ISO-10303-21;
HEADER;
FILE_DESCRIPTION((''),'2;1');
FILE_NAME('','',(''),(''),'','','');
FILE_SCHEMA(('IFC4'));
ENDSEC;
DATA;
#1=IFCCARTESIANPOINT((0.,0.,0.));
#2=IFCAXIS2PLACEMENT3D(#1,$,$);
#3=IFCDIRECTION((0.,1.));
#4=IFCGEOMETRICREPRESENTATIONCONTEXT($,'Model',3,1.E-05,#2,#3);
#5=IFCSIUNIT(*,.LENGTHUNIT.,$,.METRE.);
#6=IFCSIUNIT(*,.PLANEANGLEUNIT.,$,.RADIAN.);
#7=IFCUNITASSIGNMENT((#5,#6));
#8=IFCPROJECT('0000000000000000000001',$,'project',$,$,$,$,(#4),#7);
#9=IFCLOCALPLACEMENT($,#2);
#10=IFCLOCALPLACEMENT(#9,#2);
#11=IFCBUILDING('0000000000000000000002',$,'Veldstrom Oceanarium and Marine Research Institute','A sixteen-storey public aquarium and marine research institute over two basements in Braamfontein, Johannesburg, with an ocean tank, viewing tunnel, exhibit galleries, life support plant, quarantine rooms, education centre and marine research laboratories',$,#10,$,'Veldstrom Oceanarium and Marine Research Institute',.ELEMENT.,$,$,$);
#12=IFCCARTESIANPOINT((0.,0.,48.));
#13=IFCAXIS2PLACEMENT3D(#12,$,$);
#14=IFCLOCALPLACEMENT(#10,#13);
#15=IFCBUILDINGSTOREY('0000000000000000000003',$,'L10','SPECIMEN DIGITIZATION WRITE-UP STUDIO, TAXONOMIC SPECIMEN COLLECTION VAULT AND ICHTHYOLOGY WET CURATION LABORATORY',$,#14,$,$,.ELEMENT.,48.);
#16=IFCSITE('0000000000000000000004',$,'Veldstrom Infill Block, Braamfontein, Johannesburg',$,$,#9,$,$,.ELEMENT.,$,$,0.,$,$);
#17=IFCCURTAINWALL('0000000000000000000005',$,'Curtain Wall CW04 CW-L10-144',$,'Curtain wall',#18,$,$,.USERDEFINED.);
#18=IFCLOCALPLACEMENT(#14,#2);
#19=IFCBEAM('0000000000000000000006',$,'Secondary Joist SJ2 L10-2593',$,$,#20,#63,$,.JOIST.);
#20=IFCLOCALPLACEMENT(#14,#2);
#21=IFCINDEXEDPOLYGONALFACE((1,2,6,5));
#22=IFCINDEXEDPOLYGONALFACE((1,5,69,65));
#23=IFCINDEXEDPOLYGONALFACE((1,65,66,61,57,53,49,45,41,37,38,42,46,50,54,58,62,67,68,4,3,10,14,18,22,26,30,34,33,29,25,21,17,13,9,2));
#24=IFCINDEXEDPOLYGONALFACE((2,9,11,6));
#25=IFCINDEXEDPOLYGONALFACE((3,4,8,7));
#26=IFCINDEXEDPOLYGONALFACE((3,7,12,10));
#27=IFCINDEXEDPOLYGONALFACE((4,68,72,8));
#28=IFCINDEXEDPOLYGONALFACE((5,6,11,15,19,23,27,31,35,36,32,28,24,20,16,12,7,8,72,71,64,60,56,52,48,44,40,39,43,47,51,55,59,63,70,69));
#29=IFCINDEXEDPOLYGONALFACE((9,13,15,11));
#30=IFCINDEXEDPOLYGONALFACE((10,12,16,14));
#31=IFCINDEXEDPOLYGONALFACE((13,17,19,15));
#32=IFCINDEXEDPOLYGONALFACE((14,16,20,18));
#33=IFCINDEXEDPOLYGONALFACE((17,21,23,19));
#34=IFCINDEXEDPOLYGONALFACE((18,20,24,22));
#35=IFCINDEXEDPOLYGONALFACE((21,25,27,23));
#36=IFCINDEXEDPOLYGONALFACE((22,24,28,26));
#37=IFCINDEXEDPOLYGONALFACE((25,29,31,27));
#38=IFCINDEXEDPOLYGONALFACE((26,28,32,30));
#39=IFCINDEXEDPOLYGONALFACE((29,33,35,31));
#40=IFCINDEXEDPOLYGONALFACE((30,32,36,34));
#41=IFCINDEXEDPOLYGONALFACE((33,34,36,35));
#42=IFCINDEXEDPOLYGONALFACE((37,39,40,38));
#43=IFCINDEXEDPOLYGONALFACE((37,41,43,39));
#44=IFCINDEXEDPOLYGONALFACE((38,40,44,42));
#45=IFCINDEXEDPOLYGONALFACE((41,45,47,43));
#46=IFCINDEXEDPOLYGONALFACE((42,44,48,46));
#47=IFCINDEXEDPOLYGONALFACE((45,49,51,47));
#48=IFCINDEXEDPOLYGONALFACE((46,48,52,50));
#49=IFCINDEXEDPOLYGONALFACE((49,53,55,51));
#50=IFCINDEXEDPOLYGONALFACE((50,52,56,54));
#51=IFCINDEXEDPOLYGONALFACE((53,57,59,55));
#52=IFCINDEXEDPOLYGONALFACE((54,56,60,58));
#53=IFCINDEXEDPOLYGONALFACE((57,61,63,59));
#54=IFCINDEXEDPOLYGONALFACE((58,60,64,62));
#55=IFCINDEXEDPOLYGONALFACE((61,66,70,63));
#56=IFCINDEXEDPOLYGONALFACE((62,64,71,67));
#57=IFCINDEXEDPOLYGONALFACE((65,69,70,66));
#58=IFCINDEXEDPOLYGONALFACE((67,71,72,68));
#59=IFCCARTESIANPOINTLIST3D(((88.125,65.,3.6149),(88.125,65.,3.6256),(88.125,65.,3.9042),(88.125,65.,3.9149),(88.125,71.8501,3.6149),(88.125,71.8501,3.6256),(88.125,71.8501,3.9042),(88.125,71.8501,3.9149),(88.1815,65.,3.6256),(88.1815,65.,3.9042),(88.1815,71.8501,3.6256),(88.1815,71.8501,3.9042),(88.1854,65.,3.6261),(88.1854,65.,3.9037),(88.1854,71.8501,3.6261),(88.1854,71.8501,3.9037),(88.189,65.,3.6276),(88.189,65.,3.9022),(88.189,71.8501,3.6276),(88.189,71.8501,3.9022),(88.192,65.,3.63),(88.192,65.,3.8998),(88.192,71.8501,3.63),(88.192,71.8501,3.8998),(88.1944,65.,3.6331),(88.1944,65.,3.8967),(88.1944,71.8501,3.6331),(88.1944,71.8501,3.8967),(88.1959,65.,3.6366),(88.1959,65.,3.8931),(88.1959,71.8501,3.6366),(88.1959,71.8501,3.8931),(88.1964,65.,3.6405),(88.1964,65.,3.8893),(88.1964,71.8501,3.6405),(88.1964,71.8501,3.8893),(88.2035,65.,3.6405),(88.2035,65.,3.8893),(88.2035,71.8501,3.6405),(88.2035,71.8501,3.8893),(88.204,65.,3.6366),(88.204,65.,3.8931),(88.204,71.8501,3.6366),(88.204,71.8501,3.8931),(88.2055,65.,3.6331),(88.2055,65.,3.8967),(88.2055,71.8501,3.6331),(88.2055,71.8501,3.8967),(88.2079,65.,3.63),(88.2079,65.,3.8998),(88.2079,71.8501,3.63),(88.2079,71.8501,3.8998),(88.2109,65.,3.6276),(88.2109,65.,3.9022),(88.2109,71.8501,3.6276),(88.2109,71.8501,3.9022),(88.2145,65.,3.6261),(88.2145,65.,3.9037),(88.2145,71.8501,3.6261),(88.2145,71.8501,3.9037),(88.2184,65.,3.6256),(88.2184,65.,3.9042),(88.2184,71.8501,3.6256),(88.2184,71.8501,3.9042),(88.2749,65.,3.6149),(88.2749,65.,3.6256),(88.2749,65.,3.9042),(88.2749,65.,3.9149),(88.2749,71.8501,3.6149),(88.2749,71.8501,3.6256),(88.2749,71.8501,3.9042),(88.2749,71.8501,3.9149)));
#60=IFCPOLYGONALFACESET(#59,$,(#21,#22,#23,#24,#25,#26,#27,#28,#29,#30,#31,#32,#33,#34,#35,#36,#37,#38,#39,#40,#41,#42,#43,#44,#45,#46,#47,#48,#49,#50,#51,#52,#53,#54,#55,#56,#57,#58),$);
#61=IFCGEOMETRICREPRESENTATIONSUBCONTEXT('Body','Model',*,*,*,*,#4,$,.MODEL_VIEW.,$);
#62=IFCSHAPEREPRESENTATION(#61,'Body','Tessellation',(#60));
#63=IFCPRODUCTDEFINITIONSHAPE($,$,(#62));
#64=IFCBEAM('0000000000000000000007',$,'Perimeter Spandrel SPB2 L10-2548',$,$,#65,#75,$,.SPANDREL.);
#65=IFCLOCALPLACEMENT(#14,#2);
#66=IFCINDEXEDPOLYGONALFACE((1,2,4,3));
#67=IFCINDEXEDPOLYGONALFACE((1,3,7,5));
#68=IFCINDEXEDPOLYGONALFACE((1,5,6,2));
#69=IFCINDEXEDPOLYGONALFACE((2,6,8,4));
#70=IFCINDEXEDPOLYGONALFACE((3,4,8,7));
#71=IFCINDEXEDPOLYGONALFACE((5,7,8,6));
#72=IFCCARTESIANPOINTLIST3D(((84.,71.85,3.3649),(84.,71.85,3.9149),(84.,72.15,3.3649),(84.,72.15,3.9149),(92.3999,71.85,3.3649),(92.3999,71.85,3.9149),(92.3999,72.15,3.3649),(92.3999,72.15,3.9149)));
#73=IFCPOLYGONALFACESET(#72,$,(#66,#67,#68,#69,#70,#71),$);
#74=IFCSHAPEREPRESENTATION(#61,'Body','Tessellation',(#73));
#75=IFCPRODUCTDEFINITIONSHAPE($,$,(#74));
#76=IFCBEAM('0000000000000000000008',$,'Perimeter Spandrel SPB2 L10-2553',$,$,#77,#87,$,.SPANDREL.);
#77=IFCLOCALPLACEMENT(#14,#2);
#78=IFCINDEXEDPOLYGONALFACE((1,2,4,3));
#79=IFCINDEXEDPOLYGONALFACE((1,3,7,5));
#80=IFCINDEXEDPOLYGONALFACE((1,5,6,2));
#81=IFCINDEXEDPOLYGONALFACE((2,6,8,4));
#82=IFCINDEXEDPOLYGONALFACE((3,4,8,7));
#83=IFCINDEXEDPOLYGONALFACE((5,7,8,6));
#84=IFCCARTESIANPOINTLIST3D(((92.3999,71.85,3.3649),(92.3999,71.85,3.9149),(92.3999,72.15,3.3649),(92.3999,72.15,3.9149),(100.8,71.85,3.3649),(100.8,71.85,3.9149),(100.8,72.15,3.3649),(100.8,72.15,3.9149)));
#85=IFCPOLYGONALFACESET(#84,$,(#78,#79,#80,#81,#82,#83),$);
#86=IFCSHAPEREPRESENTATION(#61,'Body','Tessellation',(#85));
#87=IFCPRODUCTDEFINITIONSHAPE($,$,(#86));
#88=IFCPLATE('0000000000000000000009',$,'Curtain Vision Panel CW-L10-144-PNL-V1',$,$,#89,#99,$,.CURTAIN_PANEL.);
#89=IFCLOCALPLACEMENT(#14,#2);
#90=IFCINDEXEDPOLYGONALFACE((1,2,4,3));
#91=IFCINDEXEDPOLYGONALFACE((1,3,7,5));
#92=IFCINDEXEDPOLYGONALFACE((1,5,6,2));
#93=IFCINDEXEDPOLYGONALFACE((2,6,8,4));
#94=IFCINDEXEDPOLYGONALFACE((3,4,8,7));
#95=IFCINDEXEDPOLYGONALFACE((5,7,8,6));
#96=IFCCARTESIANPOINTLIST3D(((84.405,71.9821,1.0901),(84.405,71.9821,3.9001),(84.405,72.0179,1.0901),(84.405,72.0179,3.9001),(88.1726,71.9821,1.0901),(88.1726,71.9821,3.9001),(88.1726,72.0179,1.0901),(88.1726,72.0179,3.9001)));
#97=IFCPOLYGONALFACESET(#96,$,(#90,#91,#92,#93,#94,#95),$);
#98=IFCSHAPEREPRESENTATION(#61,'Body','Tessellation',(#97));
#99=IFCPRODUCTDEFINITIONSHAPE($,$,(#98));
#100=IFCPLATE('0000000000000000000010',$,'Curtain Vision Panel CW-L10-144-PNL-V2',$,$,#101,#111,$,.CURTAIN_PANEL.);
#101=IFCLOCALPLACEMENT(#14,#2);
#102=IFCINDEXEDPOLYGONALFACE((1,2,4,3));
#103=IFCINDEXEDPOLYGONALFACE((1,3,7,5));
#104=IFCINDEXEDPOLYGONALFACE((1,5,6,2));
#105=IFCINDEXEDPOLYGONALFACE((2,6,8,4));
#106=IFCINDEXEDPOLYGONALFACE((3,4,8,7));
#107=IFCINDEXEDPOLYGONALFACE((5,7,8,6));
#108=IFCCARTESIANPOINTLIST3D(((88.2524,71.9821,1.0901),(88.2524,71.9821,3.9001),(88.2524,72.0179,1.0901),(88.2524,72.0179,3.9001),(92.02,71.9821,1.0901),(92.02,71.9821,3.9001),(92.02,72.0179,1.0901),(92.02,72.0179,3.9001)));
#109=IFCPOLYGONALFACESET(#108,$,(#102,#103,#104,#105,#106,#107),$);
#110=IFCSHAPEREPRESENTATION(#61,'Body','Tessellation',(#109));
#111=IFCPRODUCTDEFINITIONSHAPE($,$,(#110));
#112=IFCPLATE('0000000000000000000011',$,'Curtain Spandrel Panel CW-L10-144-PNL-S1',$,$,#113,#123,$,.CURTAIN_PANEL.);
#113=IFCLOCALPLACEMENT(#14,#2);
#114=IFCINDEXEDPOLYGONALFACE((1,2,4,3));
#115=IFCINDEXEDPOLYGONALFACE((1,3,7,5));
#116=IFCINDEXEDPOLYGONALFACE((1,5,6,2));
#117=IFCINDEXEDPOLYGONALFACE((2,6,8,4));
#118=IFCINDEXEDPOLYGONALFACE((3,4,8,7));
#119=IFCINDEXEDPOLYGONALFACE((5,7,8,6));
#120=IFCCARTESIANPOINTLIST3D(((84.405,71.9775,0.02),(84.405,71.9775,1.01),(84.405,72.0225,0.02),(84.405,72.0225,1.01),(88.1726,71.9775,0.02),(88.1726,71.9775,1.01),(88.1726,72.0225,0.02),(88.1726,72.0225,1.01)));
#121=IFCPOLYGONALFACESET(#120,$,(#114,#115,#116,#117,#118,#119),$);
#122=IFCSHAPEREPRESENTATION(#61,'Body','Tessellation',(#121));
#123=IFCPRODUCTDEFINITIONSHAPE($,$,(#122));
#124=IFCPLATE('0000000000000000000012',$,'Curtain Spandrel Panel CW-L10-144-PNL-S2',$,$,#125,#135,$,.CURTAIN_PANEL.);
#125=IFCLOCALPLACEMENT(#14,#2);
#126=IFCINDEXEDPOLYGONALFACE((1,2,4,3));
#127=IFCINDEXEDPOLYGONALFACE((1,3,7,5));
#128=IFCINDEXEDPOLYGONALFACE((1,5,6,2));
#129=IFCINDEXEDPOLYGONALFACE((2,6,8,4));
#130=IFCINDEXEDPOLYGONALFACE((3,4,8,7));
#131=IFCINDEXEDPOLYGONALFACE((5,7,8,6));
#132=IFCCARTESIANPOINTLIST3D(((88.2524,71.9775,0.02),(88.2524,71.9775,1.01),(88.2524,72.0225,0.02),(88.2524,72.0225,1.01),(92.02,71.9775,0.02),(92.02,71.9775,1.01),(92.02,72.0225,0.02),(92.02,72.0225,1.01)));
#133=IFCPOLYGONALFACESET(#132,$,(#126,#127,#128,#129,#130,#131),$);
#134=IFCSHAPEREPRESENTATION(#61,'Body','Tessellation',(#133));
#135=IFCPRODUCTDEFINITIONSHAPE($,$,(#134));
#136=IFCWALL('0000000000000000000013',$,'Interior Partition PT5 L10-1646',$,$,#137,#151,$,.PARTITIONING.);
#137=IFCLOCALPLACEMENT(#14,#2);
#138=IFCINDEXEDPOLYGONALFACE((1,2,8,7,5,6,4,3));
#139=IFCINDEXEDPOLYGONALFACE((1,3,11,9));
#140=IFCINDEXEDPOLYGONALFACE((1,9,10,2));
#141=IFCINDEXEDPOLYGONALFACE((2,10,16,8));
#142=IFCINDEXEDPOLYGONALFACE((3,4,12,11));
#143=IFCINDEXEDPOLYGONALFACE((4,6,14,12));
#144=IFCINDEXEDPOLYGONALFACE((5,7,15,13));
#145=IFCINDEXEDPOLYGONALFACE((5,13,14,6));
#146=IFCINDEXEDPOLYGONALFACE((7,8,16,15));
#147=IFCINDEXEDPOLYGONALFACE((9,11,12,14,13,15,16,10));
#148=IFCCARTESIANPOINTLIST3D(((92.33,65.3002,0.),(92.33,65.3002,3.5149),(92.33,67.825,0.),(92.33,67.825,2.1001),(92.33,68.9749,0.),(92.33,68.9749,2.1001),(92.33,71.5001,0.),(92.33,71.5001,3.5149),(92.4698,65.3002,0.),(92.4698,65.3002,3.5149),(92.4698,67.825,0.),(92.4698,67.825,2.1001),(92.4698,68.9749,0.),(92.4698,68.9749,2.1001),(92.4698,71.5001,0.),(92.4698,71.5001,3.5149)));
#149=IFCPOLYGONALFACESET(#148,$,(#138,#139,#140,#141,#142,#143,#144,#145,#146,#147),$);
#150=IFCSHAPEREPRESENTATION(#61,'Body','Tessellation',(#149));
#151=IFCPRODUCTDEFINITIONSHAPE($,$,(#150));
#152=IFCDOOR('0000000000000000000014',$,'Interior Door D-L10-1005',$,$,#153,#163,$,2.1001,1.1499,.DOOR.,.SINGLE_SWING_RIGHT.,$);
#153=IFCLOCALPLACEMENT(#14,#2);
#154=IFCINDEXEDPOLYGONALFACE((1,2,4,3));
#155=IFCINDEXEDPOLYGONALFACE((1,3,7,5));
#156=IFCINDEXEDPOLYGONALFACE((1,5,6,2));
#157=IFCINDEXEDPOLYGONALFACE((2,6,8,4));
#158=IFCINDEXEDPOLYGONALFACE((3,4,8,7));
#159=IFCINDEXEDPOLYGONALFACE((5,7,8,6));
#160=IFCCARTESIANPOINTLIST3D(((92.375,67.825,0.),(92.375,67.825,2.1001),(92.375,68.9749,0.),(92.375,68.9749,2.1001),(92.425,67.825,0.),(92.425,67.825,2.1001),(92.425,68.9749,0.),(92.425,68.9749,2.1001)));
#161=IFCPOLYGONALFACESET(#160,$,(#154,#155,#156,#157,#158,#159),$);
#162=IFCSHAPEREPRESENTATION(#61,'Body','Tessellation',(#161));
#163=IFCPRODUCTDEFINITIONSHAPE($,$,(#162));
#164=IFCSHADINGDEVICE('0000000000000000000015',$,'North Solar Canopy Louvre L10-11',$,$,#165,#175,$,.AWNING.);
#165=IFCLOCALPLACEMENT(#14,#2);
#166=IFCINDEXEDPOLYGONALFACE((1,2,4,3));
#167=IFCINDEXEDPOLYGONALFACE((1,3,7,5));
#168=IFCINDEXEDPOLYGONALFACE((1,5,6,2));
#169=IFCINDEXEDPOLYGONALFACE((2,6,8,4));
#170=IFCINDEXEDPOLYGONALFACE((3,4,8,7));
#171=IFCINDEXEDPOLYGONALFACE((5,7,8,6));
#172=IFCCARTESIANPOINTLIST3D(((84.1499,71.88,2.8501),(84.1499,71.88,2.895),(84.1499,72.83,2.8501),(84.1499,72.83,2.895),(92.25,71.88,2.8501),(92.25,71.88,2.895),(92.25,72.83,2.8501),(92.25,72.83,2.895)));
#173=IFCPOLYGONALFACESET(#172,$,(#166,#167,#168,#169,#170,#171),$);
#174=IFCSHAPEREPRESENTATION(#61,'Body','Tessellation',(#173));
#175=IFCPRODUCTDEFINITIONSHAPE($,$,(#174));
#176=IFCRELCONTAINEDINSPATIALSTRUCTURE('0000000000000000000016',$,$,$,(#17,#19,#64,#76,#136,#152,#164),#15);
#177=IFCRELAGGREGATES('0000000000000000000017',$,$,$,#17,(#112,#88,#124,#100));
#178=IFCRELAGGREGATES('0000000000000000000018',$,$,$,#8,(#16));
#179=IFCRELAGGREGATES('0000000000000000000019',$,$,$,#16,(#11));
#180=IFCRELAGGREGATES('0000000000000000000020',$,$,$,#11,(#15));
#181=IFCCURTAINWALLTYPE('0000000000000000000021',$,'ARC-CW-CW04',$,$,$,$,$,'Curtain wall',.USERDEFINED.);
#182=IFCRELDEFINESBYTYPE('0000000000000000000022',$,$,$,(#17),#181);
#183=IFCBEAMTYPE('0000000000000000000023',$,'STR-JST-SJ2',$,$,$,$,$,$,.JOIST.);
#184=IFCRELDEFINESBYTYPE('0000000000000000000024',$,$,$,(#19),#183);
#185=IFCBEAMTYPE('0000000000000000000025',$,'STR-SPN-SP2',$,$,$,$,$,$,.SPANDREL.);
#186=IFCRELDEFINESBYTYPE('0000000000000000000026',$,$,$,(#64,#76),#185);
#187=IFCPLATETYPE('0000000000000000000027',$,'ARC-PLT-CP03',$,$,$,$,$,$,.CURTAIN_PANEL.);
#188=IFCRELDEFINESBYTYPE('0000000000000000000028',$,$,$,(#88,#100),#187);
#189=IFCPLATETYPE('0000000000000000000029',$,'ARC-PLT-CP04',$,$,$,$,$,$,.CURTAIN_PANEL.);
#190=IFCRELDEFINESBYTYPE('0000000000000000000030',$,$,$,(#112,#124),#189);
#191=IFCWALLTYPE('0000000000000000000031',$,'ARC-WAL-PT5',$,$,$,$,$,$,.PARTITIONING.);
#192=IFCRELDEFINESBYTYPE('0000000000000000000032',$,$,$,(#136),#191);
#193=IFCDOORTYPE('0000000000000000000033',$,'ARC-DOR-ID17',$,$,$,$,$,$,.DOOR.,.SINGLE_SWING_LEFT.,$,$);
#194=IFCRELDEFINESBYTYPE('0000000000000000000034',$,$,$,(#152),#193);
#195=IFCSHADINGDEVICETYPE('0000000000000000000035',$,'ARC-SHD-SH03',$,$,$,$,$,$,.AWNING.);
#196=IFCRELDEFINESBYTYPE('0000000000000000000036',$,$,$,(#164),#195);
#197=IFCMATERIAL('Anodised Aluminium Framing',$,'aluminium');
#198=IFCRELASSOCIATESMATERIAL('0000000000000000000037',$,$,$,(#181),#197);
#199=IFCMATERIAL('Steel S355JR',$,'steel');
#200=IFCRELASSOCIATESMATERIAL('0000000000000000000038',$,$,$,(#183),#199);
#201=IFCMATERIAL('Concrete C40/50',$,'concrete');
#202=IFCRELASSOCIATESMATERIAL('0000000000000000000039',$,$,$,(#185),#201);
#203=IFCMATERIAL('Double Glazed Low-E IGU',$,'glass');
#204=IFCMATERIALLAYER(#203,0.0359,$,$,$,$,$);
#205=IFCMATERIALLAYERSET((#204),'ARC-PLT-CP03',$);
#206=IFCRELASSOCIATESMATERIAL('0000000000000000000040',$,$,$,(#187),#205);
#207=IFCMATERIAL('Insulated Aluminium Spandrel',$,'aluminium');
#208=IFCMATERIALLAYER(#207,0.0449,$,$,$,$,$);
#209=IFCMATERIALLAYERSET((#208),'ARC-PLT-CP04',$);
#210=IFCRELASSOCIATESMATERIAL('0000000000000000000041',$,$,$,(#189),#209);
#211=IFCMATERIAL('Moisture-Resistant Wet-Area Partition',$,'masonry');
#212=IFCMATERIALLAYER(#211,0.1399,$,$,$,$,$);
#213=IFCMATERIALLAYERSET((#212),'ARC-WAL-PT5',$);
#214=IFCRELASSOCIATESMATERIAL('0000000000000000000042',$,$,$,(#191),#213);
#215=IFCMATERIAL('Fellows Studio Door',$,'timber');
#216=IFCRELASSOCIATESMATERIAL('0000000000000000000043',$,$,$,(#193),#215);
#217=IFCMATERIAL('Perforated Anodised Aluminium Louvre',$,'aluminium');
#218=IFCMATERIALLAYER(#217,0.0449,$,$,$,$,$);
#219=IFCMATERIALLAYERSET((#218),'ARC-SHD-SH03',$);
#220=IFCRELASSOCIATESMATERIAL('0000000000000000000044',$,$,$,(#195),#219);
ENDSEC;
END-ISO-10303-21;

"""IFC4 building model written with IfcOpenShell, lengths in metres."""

from ifc_helpers import new_model, si_unit, direction, frame, frame_2d, origin, origin_2d, place, context, subcontext, project, spatial, rectangle, i_section, extrude, material, layer, layer_set, material_profile, profile_set, type_object, element, fill, aggregate, save


model = new_model("IFC4")

# Units and contexts
model_context = context("Model", 3, precision=1e-05, world=origin(), true_north=direction((0.0, 1.0)))
body_context = subcontext(model_context, "Body", "Model", "MODEL_VIEW")
ifc_project = project(units=[si_unit("LENGTHUNIT", "METRE"), si_unit("PLANEANGLEUNIT", "RADIAN")], contexts=[model_context])

# Site, building, storey
site_placement = place(None, origin())
site = spatial("IfcSite", under=ifc_project, at=site_placement, Name="Veldstrom Infill Block, Braamfontein, Johannesburg", CompositionType="ELEMENT", RefElevation=0.0)
building_placement = place(site_placement, origin())
building = spatial("IfcBuilding", under=site, at=building_placement, Name="Veldstrom Oceanarium and Marine Research Institute", Description="A sixteen-storey public aquarium and marine research institute over two basements in Braamfontein, Johannesburg, with an ocean tank, viewing tunnel, exhibit galleries, life support plant, quarantine rooms, education centre and marine research laboratories", LongName="Veldstrom Oceanarium and Marine Research Institute", CompositionType="ELEMENT")
storey_placement = place(building_placement, frame((0.0, 0.0, 48.0)))
storey = spatial("IfcBuildingStorey", under=building, at=storey_placement, Name="L10", Description="SPECIMEN DIGITIZATION WRITE-UP STUDIO, TAXONOMIC SPECIMEN COLLECTION VAULT AND ICHTHYOLOGY WET CURATION LABORATORY", CompositionType="ELEMENT", Elevation=48.0)

# Curtain wall
ifc_material_1 = material(Name="Anodised Aluminium Framing", Category="aluminium")
curtain_wall_type = type_object("IfcCurtainWallType", Name="ARC-CW-CW04", ElementType="Curtain wall", PredefinedType="USERDEFINED", material=ifc_material_1)
curtain_wall_1_placement = place(storey_placement, origin())
curtain_wall_1 = element("IfcCurtainWall", 1, at=curtain_wall_1_placement, inside=storey, type_object=curtain_wall_type, Name="Curtain Wall CW04 CW-L10-144", ObjectType="Curtain wall", PredefinedType="USERDEFINED")

# Beams
ifc_material_2 = material(Name="Steel S355JR", Category="steel")
ifc_material_profile_1 = material_profile(ifc_material_2, i_section(OverallWidth=0.1499, OverallDepth=0.3, WebThickness=0.0071, FlangeThickness=0.0107, FilletRadius=0.0149, at=origin_2d()), Name="IPE 300")
ifc_profile_set_1 = profile_set([ifc_material_profile_1], Name="Steel S355JR")
beam_type_1 = type_object("IfcBeamType", Name="STR-JST-SJ2", PredefinedType="JOIST", material=ifc_profile_set_1)
beam_1_placement = place(storey_placement, frame((88.2, 65.0, 3.7649), z_axis=(0.0, 1.0, 0.0), x_axis=(-1.0, 0.0, 0.0)))
element("IfcBeam", 2, at=beam_1_placement, inside=storey, type_object=beam_type_1, Name="Secondary Joist SJ2 L10-2593", PredefinedType="JOIST", context=body_context, shape_type="SweptSolid", body=[
    extrude(i_section(OverallWidth=0.1499, OverallDepth=0.3, WebThickness=0.0071, FlangeThickness=0.0107, FilletRadius=0.0149, at=origin_2d()), origin(), (0.0, 0.0, 1.0), 6.8501),
])
ifc_material_3 = material(Name="Concrete C40/50", Category="concrete")
ifc_material_profile_2 = material_profile(ifc_material_3, rectangle(XDim=0.3, YDim=0.55, at=origin_2d()), Name="RC-SPN-300x550")
ifc_profile_set_2 = profile_set([ifc_material_profile_2], Name="Concrete C40/50")
beam_type_2 = type_object("IfcBeamType", Name="STR-SPN-SP2", PredefinedType="SPANDREL", material=ifc_profile_set_2)
beam_2_placement = place(storey_placement, frame((84.0, 72.0, 3.6399), z_axis=(1.0, 0.0, 0.0), x_axis=(0.0, 1.0, 0.0)))
element("IfcBeam", 3, at=beam_2_placement, inside=storey, type_object=beam_type_2, Name="Perimeter Spandrel SPB2 L10-2548", PredefinedType="SPANDREL", context=body_context, shape_type="SweptSolid", body=[
    extrude(rectangle(XDim=0.3, YDim=0.55, at=origin_2d()), origin(), (0.0, 0.0, 1.0), 8.3999),
])
beam_3_placement = place(storey_placement, frame((92.3999, 72.0, 3.6399), z_axis=(1.0, 0.0, 0.0), x_axis=(0.0, 1.0, 0.0)))
element("IfcBeam", 4, at=beam_3_placement, inside=storey, type_object=beam_type_2, Name="Perimeter Spandrel SPB2 L10-2553", PredefinedType="SPANDREL", context=body_context, shape_type="SweptSolid", body=[
    extrude(rectangle(XDim=0.3, YDim=0.55, at=origin_2d()), origin(), (0.0, 0.0, 1.0), 8.4001),
])

# Plates
ifc_material_4 = material(Name="Double Glazed Low-E IGU", Category="glass")
ifc_layer_1 = layer(ifc_material_4, 0.0359)
ifc_layer_set_1 = layer_set([ifc_layer_1], Name="ARC-PLT-CP03")
plate_type_1 = type_object("IfcPlateType", Name="ARC-PLT-CP03", PredefinedType="CURTAIN_PANEL", material=ifc_layer_set_1)
plate_1_placement = place(storey_placement, frame((86.2888, 72.0, 1.0901), z_axis=(0.0, 0.0, 1.0), x_axis=(1.0, 0.0, 0.0)))
plate_1 = element("IfcPlate", 5, at=plate_1_placement, type_object=plate_type_1, Name="Curtain Vision Panel CW-L10-144-PNL-V1", PredefinedType="CURTAIN_PANEL", context=body_context, shape_type="SweptSolid", body=[
    extrude(rectangle(XDim=3.7676, YDim=0.0359, at=origin_2d()), origin(), (0.0, 0.0, 1.0), 2.8101),
])
plate_2_placement = place(storey_placement, frame((90.1362, 72.0, 1.0901), z_axis=(0.0, 0.0, 1.0), x_axis=(1.0, 0.0, 0.0)))
plate_2 = element("IfcPlate", 6, at=plate_2_placement, type_object=plate_type_1, Name="Curtain Vision Panel CW-L10-144-PNL-V2", PredefinedType="CURTAIN_PANEL", context=body_context, shape_type="SweptSolid", body=[
    extrude(rectangle(XDim=3.7676, YDim=0.0359, at=origin_2d()), origin(), (0.0, 0.0, 1.0), 2.8101),
])
ifc_material_5 = material(Name="Insulated Aluminium Spandrel", Category="aluminium")
ifc_layer_2 = layer(ifc_material_5, 0.0449)
ifc_layer_set_2 = layer_set([ifc_layer_2], Name="ARC-PLT-CP04")
plate_type_2 = type_object("IfcPlateType", Name="ARC-PLT-CP04", PredefinedType="CURTAIN_PANEL", material=ifc_layer_set_2)
plate_3_placement = place(storey_placement, frame((86.2888, 72.0, 0.02), z_axis=(0.0, 0.0, 1.0), x_axis=(1.0, 0.0, 0.0)))
plate_3 = element("IfcPlate", 7, at=plate_3_placement, type_object=plate_type_2, Name="Curtain Spandrel Panel CW-L10-144-PNL-S1", PredefinedType="CURTAIN_PANEL", context=body_context, shape_type="SweptSolid", body=[
    extrude(rectangle(XDim=3.7676, YDim=0.0449, at=origin_2d()), origin(), (0.0, 0.0, 1.0), 0.99),
])
plate_4_placement = place(storey_placement, frame((90.1362, 72.0, 0.02), z_axis=(0.0, 0.0, 1.0), x_axis=(1.0, 0.0, 0.0)))
plate_4 = element("IfcPlate", 8, at=plate_4_placement, type_object=plate_type_2, Name="Curtain Spandrel Panel CW-L10-144-PNL-S2", PredefinedType="CURTAIN_PANEL", context=body_context, shape_type="SweptSolid", body=[
    extrude(rectangle(XDim=3.7676, YDim=0.0449, at=origin_2d()), origin(), (0.0, 0.0, 1.0), 0.99),
])
aggregate(curtain_wall_1, [plate_3, plate_1, plate_4, plate_2])

# Wall, opening, door
ifc_material_6 = material(Name="Moisture-Resistant Wet-Area Partition", Category="masonry")
ifc_layer_3 = layer(ifc_material_6, 0.1399)
ifc_layer_set_3 = layer_set([ifc_layer_3], Name="ARC-WAL-PT5")
wall_type = type_object("IfcWallType", Name="ARC-WAL-PT5", PredefinedType="PARTITIONING", material=ifc_layer_set_3)
wall_placement = place(storey_placement, frame((92.3999, 65.3, 0.0), z_axis=(0.0, 0.0, 1.0), x_axis=(0.0, 1.0, 0.0)))
wall = element("IfcWall", 9, at=wall_placement, inside=storey, type_object=wall_type, Name="Interior Partition PT5 L10-1646", PredefinedType="PARTITIONING", context=body_context, shape_type="SweptSolid", body=[
    extrude(rectangle(XDim=6.2, YDim=0.1399, at=frame_2d((3.1001, 0.0))), origin(), (0.0, 0.0, 1.0), 3.5149),
])
opening_placement = place(wall_placement, frame((2.5249, 0.0, 0.0)))
opening = element("IfcOpeningElement", 10, at=opening_placement, cuts=wall, PredefinedType="OPENING", context=body_context, shape_type="SweptSolid", body=[
    extrude(rectangle(XDim=1.1499, YDim=2.1001, at=frame_2d((0.575, 1.05))), frame((0.0, 0.0798, 0.0), z_axis=(0.0, -1.0, 0.0), x_axis=(1.0, 0.0, 0.0)), (0.0, 0.0, 1.0), 0.1599),
])
ifc_material_7 = material(Name="Fellows Studio Door", Category="timber")
door_type = type_object("IfcDoorType", Name="ARC-DOR-ID17", OperationType="SINGLE_SWING_LEFT", PredefinedType="DOOR", material=ifc_material_7)
door_placement = place(opening_placement, origin())
door = element("IfcDoor", 11, at=door_placement, inside=storey, type_object=door_type, Name="Interior Door D-L10-1005", OperationType="SINGLE_SWING_RIGHT", OverallHeight=2.1001, OverallWidth=1.1499, PredefinedType="DOOR", context=body_context, shape_type="SweptSolid", body=[
    extrude(rectangle(XDim=1.1499, YDim=2.1001, at=frame_2d((0.575, 1.05))), frame((0.0, 0.0249, 0.0), z_axis=(0.0, -1.0, 0.0), x_axis=(1.0, 0.0, 0.0)), (0.0, 0.0, 1.0), 0.05),
])
fill(opening, door)

# Shading device
ifc_material_8 = material(Name="Perforated Anodised Aluminium Louvre", Category="aluminium")
ifc_layer_4 = layer(ifc_material_8, 0.0449)
ifc_layer_set_4 = layer_set([ifc_layer_4], Name="ARC-SHD-SH03")
shading_device_type = type_object("IfcShadingDeviceType", Name="ARC-SHD-SH03", PredefinedType="AWNING", material=ifc_layer_set_4)
shading_device_placement = place(storey_placement, frame((88.2, 72.355, 2.8501), z_axis=(0.0, 0.0, 1.0), x_axis=(1.0, 0.0, 0.0)))
element("IfcShadingDevice", 12, at=shading_device_placement, inside=storey, type_object=shading_device_type, Name="North Solar Canopy Louvre L10-11", PredefinedType="AWNING", context=body_context, shape_type="SweptSolid", body=[
    extrude(rectangle(XDim=8.1001, YDim=0.95, at=origin_2d()), origin(), (0.0, 0.0, 1.0), 0.0449),
])

save(model, "model.ifc")
